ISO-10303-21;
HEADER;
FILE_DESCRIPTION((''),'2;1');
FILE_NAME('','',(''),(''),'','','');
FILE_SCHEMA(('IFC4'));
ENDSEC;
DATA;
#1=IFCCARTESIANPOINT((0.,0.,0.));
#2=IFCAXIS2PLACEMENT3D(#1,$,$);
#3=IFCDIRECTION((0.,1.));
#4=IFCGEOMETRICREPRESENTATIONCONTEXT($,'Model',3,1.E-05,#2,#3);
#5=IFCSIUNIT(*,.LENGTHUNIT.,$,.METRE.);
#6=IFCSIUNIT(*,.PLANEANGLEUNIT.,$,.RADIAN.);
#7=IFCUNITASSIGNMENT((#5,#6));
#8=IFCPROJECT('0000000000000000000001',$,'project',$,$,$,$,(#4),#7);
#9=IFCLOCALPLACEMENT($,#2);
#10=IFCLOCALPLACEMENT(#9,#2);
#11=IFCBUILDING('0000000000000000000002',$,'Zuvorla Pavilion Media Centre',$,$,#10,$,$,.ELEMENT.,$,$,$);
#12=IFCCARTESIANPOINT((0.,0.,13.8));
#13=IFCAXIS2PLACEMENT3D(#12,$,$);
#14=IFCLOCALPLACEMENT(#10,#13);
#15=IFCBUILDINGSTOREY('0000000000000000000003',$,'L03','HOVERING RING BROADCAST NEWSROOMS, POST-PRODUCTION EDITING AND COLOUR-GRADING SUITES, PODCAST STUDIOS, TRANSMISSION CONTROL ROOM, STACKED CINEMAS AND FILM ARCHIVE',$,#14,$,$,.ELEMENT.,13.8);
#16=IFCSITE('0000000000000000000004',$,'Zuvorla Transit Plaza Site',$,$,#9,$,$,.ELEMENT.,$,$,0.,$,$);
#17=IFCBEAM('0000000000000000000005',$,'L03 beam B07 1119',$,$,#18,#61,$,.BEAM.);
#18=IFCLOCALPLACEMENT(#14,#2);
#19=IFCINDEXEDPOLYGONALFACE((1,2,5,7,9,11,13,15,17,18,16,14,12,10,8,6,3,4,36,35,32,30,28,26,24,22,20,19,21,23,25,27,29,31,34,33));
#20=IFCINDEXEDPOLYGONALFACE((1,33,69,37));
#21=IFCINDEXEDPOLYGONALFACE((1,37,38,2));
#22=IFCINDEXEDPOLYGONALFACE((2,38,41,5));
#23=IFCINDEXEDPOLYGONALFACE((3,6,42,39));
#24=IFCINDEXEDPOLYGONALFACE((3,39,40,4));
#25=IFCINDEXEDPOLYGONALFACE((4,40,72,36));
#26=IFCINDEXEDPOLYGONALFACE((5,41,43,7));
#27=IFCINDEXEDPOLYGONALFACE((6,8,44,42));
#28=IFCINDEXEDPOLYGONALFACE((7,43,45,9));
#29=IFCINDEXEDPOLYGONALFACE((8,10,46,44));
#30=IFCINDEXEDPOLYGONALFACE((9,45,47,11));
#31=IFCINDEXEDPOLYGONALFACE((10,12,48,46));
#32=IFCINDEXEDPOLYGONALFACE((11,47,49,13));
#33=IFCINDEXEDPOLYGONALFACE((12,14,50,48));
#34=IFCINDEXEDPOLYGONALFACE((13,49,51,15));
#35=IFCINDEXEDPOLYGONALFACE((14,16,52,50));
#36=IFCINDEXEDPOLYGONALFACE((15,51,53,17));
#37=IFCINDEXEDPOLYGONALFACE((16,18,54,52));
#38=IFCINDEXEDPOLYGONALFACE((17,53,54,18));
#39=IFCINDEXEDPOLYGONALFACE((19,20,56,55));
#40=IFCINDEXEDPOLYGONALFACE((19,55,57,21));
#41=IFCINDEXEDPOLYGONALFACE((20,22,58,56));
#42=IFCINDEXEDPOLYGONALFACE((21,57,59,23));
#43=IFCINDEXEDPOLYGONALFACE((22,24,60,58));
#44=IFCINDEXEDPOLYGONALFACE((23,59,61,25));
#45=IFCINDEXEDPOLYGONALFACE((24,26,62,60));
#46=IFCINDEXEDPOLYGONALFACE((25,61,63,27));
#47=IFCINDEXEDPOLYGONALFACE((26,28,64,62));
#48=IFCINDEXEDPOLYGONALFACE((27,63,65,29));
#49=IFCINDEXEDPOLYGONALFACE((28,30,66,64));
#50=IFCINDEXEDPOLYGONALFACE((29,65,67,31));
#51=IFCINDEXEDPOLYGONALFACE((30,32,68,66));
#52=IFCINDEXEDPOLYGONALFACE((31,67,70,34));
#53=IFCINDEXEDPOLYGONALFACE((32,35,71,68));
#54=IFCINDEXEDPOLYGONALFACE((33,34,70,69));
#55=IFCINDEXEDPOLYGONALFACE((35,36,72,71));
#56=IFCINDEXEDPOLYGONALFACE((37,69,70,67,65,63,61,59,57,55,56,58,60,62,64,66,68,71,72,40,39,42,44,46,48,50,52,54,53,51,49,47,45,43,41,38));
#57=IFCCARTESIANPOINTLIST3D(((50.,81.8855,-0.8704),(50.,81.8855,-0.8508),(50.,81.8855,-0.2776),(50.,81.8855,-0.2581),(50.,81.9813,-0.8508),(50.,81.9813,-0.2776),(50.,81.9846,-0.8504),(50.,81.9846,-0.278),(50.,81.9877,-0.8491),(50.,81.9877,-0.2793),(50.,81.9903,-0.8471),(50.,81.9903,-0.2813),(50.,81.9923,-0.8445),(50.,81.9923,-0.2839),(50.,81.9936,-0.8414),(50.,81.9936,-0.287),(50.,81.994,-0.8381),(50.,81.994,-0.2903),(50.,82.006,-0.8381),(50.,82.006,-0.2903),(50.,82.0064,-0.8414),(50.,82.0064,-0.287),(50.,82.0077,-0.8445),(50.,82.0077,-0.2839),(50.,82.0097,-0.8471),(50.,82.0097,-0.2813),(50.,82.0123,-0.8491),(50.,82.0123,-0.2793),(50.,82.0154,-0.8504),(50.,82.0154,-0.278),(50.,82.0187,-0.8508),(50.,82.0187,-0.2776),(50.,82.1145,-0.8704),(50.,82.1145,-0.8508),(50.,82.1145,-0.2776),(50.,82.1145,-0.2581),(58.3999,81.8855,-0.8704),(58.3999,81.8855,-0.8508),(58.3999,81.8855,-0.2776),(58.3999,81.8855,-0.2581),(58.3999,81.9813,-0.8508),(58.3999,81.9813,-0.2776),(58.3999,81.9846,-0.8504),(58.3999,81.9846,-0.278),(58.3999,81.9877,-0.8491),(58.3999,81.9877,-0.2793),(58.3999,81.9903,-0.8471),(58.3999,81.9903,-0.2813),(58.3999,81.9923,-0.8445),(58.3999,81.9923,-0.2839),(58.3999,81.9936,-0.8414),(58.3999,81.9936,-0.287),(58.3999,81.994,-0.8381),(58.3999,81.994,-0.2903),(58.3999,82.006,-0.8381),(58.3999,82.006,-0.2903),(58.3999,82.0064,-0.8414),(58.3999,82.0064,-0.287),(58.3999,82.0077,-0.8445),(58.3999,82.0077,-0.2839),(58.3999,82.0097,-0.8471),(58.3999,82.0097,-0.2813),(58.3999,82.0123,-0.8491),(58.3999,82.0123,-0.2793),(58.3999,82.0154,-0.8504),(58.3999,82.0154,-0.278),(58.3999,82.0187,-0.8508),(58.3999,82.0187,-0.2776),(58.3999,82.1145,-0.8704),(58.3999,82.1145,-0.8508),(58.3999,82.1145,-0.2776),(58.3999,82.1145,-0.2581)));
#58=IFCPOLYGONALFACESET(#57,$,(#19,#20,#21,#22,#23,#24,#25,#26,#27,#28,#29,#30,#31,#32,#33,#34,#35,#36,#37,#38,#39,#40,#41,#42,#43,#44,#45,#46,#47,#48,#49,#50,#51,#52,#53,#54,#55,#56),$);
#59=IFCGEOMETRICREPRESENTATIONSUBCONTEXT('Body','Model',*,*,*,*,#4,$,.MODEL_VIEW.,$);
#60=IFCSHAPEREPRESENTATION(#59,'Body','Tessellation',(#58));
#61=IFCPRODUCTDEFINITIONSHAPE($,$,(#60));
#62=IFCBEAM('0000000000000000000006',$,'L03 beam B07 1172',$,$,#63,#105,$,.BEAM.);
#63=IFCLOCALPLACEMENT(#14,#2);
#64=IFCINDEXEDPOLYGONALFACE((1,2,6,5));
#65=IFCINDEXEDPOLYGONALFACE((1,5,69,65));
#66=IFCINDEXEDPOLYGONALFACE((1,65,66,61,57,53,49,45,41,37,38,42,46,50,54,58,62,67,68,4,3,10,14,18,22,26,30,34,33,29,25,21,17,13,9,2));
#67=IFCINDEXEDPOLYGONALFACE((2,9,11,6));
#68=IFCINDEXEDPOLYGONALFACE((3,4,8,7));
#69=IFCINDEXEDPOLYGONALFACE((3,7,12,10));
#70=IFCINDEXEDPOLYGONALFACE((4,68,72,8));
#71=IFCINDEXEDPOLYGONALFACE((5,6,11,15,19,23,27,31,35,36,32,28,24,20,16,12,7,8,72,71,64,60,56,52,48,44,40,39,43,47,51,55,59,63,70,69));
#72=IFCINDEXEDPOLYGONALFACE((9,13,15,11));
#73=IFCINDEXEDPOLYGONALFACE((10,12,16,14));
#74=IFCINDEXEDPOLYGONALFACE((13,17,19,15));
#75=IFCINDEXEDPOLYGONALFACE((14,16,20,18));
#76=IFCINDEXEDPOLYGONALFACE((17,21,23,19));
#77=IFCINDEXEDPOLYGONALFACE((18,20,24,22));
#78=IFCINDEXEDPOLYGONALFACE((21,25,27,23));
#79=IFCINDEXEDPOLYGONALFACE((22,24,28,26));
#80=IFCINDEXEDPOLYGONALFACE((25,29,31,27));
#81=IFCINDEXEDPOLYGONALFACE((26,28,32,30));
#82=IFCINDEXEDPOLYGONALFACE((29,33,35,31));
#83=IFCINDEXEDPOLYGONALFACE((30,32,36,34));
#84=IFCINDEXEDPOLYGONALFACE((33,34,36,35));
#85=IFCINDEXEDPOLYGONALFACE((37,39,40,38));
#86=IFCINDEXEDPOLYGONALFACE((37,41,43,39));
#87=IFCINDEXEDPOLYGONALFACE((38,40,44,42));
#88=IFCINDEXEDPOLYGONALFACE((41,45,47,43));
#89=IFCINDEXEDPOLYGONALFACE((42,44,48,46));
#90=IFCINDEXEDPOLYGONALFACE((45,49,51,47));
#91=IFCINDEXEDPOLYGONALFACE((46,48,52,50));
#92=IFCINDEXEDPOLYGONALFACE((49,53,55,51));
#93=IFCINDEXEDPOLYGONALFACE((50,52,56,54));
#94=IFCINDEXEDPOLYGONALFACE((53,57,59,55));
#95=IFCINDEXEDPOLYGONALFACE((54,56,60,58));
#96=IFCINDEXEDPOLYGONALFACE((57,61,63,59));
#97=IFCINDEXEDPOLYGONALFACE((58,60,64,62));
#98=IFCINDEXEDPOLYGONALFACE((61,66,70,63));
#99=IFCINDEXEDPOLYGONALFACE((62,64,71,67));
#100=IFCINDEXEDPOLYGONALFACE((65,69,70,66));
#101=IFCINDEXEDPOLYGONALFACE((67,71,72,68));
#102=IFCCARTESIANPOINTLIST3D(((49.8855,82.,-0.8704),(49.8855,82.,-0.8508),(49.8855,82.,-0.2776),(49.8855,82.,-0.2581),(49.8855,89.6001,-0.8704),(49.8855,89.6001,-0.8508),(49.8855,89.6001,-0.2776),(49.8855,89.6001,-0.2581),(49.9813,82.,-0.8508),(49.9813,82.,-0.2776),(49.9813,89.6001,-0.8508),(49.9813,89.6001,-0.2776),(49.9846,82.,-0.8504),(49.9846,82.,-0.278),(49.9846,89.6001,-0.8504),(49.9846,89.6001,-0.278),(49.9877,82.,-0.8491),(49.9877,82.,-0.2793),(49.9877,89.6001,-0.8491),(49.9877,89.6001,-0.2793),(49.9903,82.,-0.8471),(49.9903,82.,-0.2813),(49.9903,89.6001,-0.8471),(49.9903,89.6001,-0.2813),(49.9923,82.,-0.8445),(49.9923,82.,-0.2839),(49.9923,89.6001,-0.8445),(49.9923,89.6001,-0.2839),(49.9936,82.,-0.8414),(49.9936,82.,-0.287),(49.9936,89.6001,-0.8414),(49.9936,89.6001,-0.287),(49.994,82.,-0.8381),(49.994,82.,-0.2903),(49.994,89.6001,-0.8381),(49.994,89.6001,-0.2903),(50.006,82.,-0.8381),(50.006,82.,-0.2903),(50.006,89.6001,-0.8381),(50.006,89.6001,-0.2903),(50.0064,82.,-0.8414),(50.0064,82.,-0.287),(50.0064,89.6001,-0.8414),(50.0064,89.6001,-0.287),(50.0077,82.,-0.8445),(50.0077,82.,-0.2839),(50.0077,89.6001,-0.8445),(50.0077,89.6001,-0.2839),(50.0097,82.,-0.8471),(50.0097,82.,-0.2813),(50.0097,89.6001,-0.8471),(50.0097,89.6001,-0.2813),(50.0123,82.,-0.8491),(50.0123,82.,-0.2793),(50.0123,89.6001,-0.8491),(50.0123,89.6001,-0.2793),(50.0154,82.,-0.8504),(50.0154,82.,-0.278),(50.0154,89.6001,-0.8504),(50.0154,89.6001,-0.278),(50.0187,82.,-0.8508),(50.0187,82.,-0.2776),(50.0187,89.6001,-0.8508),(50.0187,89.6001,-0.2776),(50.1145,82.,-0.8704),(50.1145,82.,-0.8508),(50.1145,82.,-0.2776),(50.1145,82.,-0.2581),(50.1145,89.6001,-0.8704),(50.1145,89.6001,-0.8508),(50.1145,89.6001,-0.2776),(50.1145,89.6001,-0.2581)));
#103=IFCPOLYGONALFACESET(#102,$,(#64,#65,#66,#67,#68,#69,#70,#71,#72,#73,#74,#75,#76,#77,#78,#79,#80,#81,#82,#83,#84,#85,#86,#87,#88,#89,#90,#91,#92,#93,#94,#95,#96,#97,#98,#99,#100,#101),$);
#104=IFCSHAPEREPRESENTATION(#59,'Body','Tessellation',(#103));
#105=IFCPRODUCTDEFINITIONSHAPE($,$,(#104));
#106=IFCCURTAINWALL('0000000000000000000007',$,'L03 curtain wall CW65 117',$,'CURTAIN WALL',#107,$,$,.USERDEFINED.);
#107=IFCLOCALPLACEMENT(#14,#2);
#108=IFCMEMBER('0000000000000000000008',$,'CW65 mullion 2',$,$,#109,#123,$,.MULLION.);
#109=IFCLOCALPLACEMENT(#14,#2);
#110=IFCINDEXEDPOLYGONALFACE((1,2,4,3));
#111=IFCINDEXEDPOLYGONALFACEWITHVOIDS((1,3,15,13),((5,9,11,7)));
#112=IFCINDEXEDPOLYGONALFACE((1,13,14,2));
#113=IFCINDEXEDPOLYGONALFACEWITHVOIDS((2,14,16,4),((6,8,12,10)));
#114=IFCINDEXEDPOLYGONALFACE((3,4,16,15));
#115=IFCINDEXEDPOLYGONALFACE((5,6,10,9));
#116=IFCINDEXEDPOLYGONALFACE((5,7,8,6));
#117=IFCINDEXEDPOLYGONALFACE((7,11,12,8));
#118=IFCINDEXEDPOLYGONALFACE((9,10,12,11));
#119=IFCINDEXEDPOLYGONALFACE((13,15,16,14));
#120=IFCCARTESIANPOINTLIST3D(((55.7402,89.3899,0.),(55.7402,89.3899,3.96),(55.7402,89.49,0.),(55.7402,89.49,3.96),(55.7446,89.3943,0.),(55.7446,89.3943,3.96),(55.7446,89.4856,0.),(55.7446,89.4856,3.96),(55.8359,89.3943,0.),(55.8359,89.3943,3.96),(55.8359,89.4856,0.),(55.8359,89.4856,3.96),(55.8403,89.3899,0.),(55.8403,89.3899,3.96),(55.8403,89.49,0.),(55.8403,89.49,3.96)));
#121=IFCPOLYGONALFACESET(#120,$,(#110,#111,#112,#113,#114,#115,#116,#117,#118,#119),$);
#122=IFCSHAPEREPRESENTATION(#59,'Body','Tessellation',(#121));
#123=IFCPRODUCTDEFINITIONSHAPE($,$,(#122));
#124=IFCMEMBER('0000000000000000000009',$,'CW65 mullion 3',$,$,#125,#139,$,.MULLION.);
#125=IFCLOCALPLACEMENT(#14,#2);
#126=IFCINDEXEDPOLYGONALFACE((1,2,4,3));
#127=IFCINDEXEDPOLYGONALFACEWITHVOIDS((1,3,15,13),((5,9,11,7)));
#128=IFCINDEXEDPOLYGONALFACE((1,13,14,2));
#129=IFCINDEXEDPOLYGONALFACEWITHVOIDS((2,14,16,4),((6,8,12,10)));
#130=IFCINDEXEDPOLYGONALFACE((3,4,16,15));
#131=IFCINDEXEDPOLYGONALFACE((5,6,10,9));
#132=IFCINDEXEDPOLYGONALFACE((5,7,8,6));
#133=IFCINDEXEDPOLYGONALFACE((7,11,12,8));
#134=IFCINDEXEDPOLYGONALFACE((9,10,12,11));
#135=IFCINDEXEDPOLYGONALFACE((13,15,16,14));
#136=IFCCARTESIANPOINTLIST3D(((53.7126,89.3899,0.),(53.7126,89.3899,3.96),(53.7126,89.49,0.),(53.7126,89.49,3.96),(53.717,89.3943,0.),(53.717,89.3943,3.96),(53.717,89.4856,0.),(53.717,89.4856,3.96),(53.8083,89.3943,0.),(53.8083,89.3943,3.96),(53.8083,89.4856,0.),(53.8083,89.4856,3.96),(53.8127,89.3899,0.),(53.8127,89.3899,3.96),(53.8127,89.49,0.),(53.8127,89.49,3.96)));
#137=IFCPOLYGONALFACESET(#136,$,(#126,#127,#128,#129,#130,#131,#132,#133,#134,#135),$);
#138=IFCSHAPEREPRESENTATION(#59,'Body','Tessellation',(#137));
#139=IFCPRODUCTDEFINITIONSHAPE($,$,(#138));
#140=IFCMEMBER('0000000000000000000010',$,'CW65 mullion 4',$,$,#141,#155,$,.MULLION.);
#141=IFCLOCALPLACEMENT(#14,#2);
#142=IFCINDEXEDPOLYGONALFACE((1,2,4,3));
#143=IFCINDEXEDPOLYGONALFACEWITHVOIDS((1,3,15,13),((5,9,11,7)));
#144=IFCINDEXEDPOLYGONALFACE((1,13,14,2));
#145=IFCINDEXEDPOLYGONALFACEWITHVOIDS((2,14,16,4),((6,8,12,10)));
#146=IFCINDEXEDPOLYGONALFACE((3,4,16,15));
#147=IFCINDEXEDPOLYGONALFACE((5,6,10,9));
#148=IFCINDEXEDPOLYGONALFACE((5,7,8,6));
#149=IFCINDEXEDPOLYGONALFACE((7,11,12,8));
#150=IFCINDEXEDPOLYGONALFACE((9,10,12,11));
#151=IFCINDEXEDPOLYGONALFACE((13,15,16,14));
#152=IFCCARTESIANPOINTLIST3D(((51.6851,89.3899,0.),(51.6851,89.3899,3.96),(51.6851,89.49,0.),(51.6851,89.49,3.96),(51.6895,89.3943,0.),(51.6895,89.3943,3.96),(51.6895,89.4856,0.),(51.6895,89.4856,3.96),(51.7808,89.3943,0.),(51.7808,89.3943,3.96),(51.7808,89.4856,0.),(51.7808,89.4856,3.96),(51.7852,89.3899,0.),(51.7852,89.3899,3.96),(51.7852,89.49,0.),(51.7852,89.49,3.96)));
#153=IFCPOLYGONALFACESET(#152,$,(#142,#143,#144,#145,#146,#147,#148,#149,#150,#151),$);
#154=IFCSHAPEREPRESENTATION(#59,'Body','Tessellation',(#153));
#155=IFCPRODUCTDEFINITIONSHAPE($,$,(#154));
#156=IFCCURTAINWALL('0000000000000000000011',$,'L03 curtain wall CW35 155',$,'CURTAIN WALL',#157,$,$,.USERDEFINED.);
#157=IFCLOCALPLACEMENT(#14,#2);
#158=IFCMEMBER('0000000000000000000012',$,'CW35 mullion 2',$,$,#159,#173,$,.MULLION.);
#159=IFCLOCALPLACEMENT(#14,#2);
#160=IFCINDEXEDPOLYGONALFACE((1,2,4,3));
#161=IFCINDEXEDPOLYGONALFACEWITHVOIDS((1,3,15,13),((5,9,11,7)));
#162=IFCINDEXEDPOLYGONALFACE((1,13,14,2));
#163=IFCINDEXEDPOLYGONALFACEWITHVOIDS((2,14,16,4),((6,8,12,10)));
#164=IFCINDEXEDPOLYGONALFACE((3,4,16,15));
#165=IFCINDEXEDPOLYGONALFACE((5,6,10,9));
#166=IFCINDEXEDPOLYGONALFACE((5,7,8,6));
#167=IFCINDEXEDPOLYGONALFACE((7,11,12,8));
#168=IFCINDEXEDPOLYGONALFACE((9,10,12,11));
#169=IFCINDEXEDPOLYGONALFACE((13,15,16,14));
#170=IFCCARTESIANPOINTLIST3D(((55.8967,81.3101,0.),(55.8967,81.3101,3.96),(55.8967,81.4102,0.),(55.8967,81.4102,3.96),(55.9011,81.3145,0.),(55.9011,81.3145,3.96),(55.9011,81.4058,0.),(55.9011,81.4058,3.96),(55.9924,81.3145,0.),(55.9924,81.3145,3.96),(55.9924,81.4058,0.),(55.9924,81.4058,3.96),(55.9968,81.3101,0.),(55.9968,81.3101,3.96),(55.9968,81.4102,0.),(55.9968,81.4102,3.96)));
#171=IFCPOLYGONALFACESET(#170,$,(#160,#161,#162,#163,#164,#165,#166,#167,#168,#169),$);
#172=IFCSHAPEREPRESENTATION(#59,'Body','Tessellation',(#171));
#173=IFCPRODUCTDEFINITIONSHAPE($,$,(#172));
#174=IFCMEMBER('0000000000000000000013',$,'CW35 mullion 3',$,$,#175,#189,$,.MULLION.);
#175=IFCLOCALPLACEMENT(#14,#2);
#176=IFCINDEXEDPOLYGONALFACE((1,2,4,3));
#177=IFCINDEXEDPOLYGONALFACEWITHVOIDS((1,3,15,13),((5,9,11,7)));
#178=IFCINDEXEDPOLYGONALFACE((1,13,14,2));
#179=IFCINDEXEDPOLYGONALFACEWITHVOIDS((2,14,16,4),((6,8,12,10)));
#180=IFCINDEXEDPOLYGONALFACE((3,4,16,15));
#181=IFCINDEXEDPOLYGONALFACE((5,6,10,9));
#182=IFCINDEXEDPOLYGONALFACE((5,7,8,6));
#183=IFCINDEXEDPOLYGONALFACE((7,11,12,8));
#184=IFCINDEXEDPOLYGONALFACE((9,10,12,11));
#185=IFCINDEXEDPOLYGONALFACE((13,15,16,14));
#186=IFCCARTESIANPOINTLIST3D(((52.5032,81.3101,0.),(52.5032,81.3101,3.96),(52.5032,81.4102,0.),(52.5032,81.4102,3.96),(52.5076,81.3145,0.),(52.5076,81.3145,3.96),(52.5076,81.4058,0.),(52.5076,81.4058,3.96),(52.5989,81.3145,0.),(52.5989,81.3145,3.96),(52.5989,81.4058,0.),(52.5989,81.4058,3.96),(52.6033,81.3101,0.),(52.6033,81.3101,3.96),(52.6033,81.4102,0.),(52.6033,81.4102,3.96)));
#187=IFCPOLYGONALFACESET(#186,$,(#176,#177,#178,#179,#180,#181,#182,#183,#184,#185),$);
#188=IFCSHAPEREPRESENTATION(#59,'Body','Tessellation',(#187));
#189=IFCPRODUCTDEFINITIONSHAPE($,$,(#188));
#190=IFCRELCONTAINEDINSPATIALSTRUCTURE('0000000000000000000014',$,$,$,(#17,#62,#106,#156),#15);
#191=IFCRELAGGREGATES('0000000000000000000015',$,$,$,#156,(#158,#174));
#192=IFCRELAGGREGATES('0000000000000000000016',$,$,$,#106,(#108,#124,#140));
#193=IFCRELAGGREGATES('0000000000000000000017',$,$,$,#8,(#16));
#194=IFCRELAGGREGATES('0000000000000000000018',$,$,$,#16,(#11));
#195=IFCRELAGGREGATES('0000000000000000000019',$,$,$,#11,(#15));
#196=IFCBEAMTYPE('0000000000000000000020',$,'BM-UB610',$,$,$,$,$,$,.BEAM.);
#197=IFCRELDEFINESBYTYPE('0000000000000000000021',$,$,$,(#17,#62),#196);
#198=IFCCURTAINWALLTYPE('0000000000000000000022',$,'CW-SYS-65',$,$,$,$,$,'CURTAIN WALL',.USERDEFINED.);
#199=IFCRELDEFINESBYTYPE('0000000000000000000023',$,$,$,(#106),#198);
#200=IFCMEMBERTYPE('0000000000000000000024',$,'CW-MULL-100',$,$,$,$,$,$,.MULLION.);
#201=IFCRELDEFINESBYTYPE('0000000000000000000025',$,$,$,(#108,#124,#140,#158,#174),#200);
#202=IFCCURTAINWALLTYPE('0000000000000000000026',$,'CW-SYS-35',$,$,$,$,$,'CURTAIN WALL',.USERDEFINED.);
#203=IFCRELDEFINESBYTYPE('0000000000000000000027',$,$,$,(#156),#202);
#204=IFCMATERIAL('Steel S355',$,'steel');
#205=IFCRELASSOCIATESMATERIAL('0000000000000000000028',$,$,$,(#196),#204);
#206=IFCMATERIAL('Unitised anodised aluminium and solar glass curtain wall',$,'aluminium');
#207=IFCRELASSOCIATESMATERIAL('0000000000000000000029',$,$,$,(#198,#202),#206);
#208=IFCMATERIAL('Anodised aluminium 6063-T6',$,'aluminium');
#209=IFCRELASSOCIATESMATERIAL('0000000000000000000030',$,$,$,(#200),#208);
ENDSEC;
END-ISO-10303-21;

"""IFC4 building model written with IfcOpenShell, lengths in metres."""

from ifc_helpers import new_model, si_unit, direction, frame, origin, origin_2d, place, context, subcontext, project, spatial, hollow_rectangle, i_section, extrude, material, material_profile, profile_set, type_object, element, aggregate, save


model = new_model("IFC4")

# Units and contexts
model_context = context("Model", 3, precision=1e-05, world=origin(), true_north=direction((0.0, 1.0)))
body_context = subcontext(model_context, "Body", "Model", "MODEL_VIEW")
ifc_project = project(units=[si_unit("LENGTHUNIT", "METRE"), si_unit("PLANEANGLEUNIT", "RADIAN")], contexts=[model_context])

# Site, building, storey
site_placement = place(None, origin())
site = spatial("IfcSite", under=ifc_project, at=site_placement, Name="Zuvorla Transit Plaza Site", CompositionType="ELEMENT", RefElevation=0.0)
building_placement = place(site_placement, origin())
building = spatial("IfcBuilding", under=site, at=building_placement, Name="Zuvorla Pavilion Media Centre", CompositionType="ELEMENT")
storey_placement = place(building_placement, frame((0.0, 0.0, 13.8)))
storey = spatial("IfcBuildingStorey", under=building, at=storey_placement, Name="L03", Description="HOVERING RING BROADCAST NEWSROOMS, POST-PRODUCTION EDITING AND COLOUR-GRADING SUITES, PODCAST STUDIOS, TRANSMISSION CONTROL ROOM, STACKED CINEMAS AND FILM ARCHIVE", CompositionType="ELEMENT", Elevation=13.8)

# Shared definitions
ifc_material_1 = material(Name="Steel S355", Category="steel")

# Beams
ifc_material_profile_1 = material_profile(ifc_material_1, i_section(OverallWidth=0.229, OverallDepth=0.6123, WebThickness=0.012, FlangeThickness=0.0195, FilletRadius=0.0127, at=origin_2d()), Name="UB 610x229x125")
ifc_profile_set_1 = profile_set([ifc_material_profile_1], Name="Steel S355")
beam_type_1 = type_object("IfcBeamType", Name="BM-UB610", PredefinedType="BEAM", material=ifc_profile_set_1)
beam_1_placement = place(storey_placement, frame((50.0, 82.0, -0.5642), z_axis=(1.0, 0.0, 0.0), x_axis=(0.0, 1.0, 0.0)))
element("IfcBeam", 1, at=beam_1_placement, inside=storey, type_object=beam_type_1, Name="L03 beam B07 1119", PredefinedType="BEAM", context=body_context, shape_type="SweptSolid", body=[
    extrude(i_section(OverallWidth=0.229, OverallDepth=0.6123, WebThickness=0.012, FlangeThickness=0.0195, FilletRadius=0.0127, at=origin_2d()), origin(), (0.0, 0.0, 1.0), 8.3999),
])
beam_2_placement = place(storey_placement, frame((50.0, 82.0, -0.5642), z_axis=(0.0, 1.0, 0.0), x_axis=(-1.0, 0.0, 0.0)))
element("IfcBeam", 2, at=beam_2_placement, inside=storey, type_object=beam_type_1, Name="L03 beam B07 1172", PredefinedType="BEAM", context=body_context, shape_type="SweptSolid", body=[
    extrude(i_section(OverallWidth=0.229, OverallDepth=0.6123, WebThickness=0.012, FlangeThickness=0.0195, FilletRadius=0.0127, at=origin_2d()), origin(), (0.0, 0.0, 1.0), 7.6001),
])

# Curtain walls, members
ifc_material_2 = material(Name="Unitised anodised aluminium and solar glass curtain wall", Category="aluminium")
curtain_wall_type_1 = type_object("IfcCurtainWallType", Name="CW-SYS-65", ElementType="CURTAIN WALL", PredefinedType="USERDEFINED", material=ifc_material_2)
curtain_wall_1_placement = place(storey_placement, origin())
curtain_wall_1 = element("IfcCurtainWall", 3, at=curtain_wall_1_placement, inside=storey, type_object=curtain_wall_type_1, Name="L03 curtain wall CW65 117", ObjectType="CURTAIN WALL", PredefinedType="USERDEFINED")
ifc_material_3 = material(Name="Anodised aluminium 6063-T6", Category="aluminium")
ifc_material_profile_2 = material_profile(ifc_material_3, hollow_rectangle(XDim=0.1001, YDim=0.1001, WallThickness=0.0044, at=origin_2d()), Name="ALU MULL 100x100")
ifc_profile_set_2 = profile_set([ifc_material_profile_2], Name="Anodised aluminium 6063-T6")
member_type_1 = type_object("IfcMemberType", Name="CW-MULL-100", PredefinedType="MULLION", material=ifc_profile_set_2)
member_1_placement = place(storey_placement, frame((55.7903, 89.4399, 0.0), z_axis=(0.0, 0.0, 1.0), x_axis=(1.0, 0.0, 0.0)))
member_1 = element("IfcMember", 4, at=member_1_placement, type_object=member_type_1, Name="CW65 mullion 2", PredefinedType="MULLION", context=body_context, shape_type="SweptSolid", body=[
    extrude(hollow_rectangle(XDim=0.1001, YDim=0.1001, WallThickness=0.0044, at=origin_2d()), origin(), (0.0, 0.0, 1.0), 3.96),
])
member_2_placement = place(storey_placement, frame((53.7627, 89.4399, 0.0), z_axis=(0.0, 0.0, 1.0), x_axis=(1.0, 0.0, 0.0)))
member_2 = element("IfcMember", 5, at=member_2_placement, type_object=member_type_1, Name="CW65 mullion 3", PredefinedType="MULLION", context=body_context, shape_type="SweptSolid", body=[
    extrude(hollow_rectangle(XDim=0.1001, YDim=0.1001, WallThickness=0.0044, at=origin_2d()), origin(), (0.0, 0.0, 1.0), 3.96),
])
member_3_placement = place(storey_placement, frame((51.7351, 89.4399, 0.0), z_axis=(0.0, 0.0, 1.0), x_axis=(1.0, 0.0, 0.0)))
member_3 = element("IfcMember", 6, at=member_3_placement, type_object=member_type_1, Name="CW65 mullion 4", PredefinedType="MULLION", context=body_context, shape_type="SweptSolid", body=[
    extrude(hollow_rectangle(XDim=0.1001, YDim=0.1001, WallThickness=0.0044, at=origin_2d()), origin(), (0.0, 0.0, 1.0), 3.96),
])
curtain_wall_type_2 = type_object("IfcCurtainWallType", Name="CW-SYS-35", ElementType="CURTAIN WALL", PredefinedType="USERDEFINED", material=ifc_material_2)
curtain_wall_2_placement = place(storey_placement, origin())
curtain_wall_2 = element("IfcCurtainWall", 7, at=curtain_wall_2_placement, inside=storey, type_object=curtain_wall_type_2, Name="L03 curtain wall CW35 155", ObjectType="CURTAIN WALL", PredefinedType="USERDEFINED")
member_4_placement = place(storey_placement, frame((55.9468, 81.3601, 0.0), z_axis=(0.0, 0.0, 1.0), x_axis=(1.0, 0.0, 0.0)))
member_4 = element("IfcMember", 8, at=member_4_placement, type_object=member_type_1, Name="CW35 mullion 2", PredefinedType="MULLION", context=body_context, shape_type="SweptSolid", body=[
    extrude(hollow_rectangle(XDim=0.1001, YDim=0.1001, WallThickness=0.0044, at=origin_2d()), origin(), (0.0, 0.0, 1.0), 3.96),
])
member_5_placement = place(storey_placement, frame((52.5532, 81.3601, 0.0), z_axis=(0.0, 0.0, 1.0), x_axis=(1.0, 0.0, 0.0)))
member_5 = element("IfcMember", 9, at=member_5_placement, type_object=member_type_1, Name="CW35 mullion 3", PredefinedType="MULLION", context=body_context, shape_type="SweptSolid", body=[
    extrude(hollow_rectangle(XDim=0.1001, YDim=0.1001, WallThickness=0.0044, at=origin_2d()), origin(), (0.0, 0.0, 1.0), 3.96),
])

aggregate(curtain_wall_2, [member_4, member_5])
aggregate(curtain_wall_1, [member_1, member_2, member_3])

save(model, "model.ifc")
